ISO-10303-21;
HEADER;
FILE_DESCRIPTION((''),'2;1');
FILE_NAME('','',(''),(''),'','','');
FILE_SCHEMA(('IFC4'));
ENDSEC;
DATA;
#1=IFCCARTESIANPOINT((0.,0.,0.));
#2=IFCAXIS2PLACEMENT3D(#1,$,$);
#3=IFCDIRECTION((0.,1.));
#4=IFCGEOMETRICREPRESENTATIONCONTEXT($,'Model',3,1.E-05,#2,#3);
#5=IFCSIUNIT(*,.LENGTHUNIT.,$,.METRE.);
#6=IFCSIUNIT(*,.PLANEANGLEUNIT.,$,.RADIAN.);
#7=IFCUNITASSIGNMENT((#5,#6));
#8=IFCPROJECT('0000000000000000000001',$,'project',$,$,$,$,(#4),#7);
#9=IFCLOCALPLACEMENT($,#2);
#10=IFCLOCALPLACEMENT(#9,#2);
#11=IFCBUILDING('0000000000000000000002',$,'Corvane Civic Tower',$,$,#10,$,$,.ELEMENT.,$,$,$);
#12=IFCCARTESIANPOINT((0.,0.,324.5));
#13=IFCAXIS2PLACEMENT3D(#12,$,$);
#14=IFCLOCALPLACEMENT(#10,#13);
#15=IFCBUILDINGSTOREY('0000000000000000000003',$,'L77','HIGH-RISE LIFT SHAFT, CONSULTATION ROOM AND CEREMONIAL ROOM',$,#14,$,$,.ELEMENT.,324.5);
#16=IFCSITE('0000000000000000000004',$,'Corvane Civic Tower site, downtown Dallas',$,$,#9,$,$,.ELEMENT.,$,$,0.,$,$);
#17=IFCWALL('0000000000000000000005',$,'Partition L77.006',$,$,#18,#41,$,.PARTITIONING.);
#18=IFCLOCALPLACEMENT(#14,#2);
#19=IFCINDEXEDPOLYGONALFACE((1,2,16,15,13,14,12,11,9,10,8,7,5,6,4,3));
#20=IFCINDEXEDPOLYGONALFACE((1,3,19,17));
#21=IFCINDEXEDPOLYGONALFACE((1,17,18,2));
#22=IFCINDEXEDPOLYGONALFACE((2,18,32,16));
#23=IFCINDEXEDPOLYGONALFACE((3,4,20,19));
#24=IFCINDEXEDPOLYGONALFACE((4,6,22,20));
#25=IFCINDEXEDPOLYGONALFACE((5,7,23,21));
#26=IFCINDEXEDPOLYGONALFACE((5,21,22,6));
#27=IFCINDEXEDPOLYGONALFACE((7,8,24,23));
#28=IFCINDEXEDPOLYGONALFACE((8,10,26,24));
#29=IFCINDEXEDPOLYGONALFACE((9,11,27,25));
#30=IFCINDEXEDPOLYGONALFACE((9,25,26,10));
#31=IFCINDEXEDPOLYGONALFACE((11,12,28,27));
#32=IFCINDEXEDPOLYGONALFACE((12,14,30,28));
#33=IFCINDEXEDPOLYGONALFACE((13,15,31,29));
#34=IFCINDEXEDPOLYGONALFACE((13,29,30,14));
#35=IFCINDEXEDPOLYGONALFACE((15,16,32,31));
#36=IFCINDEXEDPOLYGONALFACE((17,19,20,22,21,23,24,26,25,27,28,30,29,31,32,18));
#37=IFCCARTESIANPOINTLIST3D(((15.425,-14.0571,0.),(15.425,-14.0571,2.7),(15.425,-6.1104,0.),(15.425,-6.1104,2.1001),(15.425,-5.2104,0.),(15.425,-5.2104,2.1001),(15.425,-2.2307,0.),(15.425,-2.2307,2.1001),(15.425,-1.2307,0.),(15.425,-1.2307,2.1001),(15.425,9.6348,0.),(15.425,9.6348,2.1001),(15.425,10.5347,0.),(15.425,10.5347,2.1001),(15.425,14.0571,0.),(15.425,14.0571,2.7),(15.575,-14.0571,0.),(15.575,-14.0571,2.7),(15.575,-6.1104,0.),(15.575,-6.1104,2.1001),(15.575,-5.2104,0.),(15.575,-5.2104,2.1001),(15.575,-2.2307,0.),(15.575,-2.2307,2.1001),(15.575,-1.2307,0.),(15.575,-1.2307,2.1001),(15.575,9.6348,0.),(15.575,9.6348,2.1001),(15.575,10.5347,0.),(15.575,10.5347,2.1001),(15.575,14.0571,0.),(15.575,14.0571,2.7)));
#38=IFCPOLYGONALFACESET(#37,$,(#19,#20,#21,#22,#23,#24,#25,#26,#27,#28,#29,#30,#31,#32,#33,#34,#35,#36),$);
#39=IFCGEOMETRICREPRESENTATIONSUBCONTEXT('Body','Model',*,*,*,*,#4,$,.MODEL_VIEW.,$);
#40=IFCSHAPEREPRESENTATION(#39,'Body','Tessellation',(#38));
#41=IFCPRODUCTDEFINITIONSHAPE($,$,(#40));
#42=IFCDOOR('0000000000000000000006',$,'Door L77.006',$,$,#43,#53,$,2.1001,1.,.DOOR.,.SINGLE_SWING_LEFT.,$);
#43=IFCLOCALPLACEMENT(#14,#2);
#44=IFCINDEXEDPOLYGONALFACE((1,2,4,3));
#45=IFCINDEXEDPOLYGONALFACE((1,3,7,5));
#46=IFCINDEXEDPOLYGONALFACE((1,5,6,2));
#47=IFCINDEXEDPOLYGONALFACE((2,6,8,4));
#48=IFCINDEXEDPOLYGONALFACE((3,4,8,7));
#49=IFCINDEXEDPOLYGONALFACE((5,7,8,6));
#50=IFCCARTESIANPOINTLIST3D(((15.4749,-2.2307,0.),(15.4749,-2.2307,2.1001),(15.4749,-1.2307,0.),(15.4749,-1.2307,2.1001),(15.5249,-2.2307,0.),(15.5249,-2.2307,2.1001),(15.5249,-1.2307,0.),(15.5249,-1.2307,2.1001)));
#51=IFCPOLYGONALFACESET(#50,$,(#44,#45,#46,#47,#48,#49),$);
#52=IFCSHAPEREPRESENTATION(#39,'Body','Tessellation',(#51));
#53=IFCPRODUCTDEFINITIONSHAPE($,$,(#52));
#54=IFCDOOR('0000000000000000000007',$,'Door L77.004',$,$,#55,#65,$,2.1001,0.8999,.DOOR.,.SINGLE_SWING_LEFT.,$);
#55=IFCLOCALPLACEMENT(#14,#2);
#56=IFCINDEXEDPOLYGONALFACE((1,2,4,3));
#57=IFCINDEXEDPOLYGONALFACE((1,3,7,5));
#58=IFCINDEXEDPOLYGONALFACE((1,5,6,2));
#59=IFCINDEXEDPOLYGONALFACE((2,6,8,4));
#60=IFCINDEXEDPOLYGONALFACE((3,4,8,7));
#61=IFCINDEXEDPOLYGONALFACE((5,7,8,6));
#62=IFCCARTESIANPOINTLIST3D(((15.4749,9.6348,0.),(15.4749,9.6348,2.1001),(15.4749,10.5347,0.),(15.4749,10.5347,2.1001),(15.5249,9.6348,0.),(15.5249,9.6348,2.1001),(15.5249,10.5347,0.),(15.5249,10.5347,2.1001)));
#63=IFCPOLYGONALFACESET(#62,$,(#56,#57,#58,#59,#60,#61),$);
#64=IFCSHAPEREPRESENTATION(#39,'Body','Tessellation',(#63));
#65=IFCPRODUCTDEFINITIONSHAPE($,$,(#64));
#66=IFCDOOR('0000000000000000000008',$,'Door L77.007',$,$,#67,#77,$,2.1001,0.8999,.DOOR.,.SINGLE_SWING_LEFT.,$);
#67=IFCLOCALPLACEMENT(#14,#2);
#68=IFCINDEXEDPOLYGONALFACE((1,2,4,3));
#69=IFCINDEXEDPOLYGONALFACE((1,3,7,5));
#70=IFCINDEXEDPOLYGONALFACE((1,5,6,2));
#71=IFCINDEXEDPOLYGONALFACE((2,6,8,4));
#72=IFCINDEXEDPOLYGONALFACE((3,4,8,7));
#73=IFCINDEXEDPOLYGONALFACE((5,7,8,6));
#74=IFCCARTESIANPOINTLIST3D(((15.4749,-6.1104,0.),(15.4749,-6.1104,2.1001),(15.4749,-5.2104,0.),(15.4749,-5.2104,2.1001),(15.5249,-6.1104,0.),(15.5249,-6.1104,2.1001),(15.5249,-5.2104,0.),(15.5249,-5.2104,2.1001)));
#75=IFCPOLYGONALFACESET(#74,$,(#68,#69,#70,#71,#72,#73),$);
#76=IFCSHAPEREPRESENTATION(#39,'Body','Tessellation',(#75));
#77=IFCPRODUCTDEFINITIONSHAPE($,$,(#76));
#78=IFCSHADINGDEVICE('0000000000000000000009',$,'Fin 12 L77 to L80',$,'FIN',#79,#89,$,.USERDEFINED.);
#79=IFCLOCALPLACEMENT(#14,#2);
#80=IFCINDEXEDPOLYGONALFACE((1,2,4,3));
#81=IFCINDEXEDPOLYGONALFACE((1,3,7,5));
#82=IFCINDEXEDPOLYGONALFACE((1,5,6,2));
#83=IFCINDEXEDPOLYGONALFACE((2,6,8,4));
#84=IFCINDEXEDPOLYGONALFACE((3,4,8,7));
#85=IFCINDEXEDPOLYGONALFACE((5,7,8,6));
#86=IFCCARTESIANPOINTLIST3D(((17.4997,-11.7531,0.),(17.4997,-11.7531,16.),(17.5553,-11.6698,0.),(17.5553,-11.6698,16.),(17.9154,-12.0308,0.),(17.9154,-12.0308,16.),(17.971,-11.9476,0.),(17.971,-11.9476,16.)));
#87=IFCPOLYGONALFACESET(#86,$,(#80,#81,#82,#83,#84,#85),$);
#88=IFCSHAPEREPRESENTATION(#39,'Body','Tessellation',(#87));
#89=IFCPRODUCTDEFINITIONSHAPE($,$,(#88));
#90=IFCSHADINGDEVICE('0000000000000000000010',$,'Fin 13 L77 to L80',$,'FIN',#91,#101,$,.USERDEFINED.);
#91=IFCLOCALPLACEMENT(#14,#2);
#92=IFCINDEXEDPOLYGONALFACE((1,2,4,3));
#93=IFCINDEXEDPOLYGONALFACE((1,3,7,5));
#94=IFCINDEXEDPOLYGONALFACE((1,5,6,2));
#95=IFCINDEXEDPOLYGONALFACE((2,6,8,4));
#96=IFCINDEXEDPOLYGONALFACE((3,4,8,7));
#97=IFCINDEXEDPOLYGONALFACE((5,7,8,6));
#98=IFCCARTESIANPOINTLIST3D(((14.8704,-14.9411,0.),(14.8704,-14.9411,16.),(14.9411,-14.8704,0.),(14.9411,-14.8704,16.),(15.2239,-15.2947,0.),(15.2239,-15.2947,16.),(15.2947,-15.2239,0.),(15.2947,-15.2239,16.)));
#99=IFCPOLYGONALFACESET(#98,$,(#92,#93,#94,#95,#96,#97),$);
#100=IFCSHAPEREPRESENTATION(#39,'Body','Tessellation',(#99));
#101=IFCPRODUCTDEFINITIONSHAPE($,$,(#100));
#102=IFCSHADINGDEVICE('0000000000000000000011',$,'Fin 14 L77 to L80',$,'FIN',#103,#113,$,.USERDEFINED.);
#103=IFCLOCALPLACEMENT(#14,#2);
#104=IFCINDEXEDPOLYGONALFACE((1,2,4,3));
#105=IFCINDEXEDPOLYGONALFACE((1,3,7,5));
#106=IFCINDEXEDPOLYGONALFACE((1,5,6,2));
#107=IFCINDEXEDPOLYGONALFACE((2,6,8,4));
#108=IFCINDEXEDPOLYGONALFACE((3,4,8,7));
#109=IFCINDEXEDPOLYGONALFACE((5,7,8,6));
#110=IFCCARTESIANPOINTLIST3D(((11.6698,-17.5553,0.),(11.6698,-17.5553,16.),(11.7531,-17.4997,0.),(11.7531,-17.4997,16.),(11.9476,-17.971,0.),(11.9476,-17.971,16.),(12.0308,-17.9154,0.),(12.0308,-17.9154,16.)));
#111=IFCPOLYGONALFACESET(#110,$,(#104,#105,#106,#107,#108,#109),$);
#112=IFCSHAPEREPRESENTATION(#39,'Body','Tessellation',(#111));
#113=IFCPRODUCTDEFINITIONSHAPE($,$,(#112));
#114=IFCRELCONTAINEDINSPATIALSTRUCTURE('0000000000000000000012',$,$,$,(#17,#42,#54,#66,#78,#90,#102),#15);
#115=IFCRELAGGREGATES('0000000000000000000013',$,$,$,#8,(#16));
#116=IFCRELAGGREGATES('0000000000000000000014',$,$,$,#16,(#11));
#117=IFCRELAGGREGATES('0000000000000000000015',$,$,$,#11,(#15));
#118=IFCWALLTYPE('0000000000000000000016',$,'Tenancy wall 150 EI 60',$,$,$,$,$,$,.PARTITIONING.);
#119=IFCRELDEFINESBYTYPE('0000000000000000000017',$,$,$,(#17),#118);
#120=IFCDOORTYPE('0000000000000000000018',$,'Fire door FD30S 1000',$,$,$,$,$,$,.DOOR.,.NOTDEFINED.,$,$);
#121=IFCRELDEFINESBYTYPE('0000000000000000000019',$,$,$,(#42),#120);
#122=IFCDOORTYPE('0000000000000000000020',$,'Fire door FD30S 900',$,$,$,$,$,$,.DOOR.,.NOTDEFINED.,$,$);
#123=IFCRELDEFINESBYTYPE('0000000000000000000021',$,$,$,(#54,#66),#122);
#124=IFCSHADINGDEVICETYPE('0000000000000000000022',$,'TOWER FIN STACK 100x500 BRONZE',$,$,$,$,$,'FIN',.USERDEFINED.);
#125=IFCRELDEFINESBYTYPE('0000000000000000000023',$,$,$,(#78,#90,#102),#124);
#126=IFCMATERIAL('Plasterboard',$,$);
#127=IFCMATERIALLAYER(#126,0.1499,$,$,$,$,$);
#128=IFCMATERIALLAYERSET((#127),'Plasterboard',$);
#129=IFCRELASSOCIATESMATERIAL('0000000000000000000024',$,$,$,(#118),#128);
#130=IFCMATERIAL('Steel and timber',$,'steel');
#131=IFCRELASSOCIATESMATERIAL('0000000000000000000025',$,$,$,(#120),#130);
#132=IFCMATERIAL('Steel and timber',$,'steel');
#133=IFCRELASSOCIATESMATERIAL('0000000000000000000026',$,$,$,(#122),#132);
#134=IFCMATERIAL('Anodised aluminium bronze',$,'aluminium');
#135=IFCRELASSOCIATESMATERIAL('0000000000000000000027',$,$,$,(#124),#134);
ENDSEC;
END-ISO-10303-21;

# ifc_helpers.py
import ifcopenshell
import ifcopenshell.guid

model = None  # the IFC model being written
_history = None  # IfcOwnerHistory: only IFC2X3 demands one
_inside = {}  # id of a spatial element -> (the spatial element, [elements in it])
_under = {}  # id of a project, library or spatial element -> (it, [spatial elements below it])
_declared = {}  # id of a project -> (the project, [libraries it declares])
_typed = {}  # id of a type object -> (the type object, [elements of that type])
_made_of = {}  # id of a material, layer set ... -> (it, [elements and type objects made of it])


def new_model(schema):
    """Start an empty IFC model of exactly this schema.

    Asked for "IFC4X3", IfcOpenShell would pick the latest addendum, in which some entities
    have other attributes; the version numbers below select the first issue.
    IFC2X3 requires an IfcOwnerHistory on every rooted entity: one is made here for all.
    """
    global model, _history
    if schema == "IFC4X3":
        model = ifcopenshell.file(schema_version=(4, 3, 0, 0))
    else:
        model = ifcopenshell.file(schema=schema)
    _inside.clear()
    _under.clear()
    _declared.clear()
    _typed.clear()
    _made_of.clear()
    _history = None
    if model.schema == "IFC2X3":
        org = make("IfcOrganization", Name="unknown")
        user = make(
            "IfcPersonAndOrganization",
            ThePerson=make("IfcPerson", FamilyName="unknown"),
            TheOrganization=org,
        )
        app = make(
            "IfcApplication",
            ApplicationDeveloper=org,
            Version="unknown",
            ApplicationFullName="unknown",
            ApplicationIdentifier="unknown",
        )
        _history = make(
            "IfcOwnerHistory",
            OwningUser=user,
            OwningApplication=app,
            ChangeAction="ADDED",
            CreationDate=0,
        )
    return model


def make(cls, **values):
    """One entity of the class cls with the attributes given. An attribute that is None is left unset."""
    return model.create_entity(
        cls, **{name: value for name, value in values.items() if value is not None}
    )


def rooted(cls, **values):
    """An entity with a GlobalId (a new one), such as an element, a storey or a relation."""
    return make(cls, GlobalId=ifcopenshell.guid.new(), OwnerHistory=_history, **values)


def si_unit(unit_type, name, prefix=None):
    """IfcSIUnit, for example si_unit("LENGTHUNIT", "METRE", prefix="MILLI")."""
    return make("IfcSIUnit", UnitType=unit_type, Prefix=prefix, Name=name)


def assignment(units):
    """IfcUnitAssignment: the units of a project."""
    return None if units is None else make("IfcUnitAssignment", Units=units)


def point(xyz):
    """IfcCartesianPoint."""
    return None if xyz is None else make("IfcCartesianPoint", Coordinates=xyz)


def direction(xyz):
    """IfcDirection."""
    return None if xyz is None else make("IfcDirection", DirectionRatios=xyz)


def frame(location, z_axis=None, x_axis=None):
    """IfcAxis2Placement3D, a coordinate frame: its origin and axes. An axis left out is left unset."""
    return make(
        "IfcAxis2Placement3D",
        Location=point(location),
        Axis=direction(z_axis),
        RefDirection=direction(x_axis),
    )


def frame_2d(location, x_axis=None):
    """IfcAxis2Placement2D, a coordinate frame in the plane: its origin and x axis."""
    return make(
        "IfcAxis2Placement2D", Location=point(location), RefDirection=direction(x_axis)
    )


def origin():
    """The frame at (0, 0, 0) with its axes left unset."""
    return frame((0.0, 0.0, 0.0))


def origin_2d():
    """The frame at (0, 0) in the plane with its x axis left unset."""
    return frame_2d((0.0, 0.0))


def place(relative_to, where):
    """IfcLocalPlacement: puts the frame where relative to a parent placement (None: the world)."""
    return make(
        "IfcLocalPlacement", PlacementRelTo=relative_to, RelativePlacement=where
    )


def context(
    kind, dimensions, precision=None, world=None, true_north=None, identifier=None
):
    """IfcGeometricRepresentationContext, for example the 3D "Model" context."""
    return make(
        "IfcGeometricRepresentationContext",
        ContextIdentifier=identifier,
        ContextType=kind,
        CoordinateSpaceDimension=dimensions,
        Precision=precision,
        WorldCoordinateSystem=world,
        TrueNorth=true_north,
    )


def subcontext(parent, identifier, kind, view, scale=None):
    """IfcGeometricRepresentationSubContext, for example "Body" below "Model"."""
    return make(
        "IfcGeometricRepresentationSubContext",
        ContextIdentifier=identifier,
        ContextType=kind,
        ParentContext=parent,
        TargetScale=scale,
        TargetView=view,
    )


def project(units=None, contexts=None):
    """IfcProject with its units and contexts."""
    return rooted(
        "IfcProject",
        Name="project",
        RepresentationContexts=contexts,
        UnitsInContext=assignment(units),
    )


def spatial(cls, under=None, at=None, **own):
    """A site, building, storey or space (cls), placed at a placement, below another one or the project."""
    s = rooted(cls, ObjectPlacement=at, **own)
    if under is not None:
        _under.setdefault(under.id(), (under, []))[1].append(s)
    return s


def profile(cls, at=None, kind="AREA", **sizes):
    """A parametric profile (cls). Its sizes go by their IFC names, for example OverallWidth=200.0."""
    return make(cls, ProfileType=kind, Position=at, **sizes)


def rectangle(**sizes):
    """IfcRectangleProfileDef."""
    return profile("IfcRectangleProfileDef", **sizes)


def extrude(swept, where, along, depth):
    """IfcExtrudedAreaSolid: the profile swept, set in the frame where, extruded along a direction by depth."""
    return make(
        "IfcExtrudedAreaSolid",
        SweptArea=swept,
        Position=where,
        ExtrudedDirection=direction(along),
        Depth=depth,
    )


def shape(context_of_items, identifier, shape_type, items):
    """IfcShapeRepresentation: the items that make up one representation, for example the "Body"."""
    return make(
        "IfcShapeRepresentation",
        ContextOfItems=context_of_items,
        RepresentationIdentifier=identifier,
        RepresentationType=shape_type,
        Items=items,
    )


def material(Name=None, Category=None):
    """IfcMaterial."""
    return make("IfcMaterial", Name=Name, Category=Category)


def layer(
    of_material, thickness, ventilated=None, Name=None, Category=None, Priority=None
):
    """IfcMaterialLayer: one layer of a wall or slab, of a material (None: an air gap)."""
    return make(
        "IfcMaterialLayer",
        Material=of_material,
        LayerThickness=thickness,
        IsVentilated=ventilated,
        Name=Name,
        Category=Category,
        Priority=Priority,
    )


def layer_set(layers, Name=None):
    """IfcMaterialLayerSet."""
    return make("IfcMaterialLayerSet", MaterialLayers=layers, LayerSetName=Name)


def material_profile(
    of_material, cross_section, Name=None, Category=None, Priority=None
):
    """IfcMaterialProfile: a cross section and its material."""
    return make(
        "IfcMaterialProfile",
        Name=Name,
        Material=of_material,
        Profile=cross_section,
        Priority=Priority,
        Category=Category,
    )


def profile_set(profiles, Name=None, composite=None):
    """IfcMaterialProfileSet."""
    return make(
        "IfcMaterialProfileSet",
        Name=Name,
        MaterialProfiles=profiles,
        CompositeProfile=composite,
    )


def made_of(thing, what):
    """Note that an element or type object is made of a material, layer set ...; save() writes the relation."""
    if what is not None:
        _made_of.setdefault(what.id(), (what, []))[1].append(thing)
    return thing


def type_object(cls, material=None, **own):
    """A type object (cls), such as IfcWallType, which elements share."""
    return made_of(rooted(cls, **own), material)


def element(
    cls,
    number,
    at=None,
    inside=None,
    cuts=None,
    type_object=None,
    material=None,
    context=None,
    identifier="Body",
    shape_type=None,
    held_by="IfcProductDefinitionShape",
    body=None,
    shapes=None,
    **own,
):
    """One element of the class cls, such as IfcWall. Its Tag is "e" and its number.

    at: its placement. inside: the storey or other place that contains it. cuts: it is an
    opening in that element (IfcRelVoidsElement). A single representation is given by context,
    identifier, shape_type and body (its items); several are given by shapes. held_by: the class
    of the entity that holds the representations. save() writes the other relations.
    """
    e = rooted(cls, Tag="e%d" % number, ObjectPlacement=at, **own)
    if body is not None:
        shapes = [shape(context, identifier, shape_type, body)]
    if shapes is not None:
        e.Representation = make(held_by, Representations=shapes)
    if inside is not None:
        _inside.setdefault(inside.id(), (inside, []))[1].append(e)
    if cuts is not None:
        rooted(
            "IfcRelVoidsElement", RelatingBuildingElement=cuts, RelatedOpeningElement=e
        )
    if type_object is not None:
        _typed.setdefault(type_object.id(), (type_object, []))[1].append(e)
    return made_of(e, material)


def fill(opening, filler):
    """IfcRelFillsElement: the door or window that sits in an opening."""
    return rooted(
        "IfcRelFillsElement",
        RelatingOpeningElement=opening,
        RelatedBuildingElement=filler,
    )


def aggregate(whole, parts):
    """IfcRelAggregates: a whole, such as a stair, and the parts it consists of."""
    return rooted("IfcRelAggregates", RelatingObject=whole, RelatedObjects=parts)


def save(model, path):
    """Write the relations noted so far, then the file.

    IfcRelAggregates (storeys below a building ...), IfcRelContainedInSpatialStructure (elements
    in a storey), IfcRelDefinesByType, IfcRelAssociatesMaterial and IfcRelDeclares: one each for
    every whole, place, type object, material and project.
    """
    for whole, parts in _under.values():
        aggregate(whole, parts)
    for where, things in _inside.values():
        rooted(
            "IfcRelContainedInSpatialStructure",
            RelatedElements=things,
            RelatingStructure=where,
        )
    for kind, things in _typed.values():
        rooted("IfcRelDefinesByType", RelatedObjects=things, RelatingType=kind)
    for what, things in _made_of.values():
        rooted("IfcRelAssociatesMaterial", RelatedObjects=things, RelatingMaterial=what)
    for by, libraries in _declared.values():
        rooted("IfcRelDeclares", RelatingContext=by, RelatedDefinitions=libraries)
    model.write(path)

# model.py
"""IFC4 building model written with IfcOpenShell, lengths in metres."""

from ifc_helpers import new_model, si_unit, direction, frame, frame_2d, origin, origin_2d, place, context, subcontext, project, spatial, rectangle, extrude, material, layer, layer_set, material_profile, profile_set, type_object, element, fill, save


model = new_model("IFC4")

# Units and contexts
model_context = context("Model", 3, precision=1e-05, world=origin(), true_north=direction((0.0, 1.0)))
body_context = subcontext(model_context, "Body", "Model", "MODEL_VIEW")
ifc_project = project(units=[si_unit("LENGTHUNIT", "METRE"), si_unit("PLANEANGLEUNIT", "RADIAN")], contexts=[model_context])

# Site, building, storey
site_placement = place(None, origin())
site = spatial("IfcSite", under=ifc_project, at=site_placement, Name="Corvane Civic Tower site, downtown Dallas", CompositionType="ELEMENT", RefElevation=0.0)
building_placement = place(site_placement, origin())
building = spatial("IfcBuilding", under=site, at=building_placement, Name="Corvane Civic Tower", CompositionType="ELEMENT")
storey_placement = place(building_placement, frame((0.0, 0.0, 324.5)))
storey = spatial("IfcBuildingStorey", under=building, at=storey_placement, Name="L77", Description="HIGH-RISE LIFT SHAFT, CONSULTATION ROOM AND CEREMONIAL ROOM", CompositionType="ELEMENT", Elevation=324.5)

# Wall, openings, doors
ifc_material_1 = material(Name="Plasterboard")
ifc_layer_1 = layer(ifc_material_1, 0.1499)
ifc_layer_set_1 = layer_set([ifc_layer_1], Name="Plasterboard")
wall_type_1 = type_object("IfcWallType", Name="Tenancy wall 150 EI 60", PredefinedType="PARTITIONING", material=ifc_layer_set_1)
wall_1_placement = place(storey_placement, frame((15.5, -14.0571, 0.0), z_axis=(0.0, 0.0, 1.0), x_axis=(0.0, 1.0, 0.0)))
wall_1 = element("IfcWall", 1, at=wall_1_placement, inside=storey, type_object=wall_type_1, Name="Partition L77.006", PredefinedType="PARTITIONING", context=body_context, shape_type="SweptSolid", body=[
    extrude(rectangle(XDim=28.1143, YDim=0.1499, at=frame_2d((14.0571, 0.0))), origin(), (0.0, 0.0, 1.0), 2.7),
])
opening_1_placement = place(wall_1_placement, frame((23.6919, 0.0, 0.0)))
opening_1 = element("IfcOpeningElement", 2, at=opening_1_placement, cuts=wall_1, PredefinedType="OPENING", context=body_context, shape_type="SweptSolid", body=[
    extrude(rectangle(XDim=0.8999, YDim=2.1001, at=frame_2d((0.45, 1.05))), frame((0.0, 0.085, 0.0), z_axis=(0.0, -1.0, 0.0), x_axis=(1.0, 0.0, 0.0)), (0.0, 0.0, 1.0), 0.1699),
])
opening_2_placement = place(wall_1_placement, frame((11.8264, 0.0, 0.0)))
opening_2 = element("IfcOpeningElement", 3, at=opening_2_placement, cuts=wall_1, PredefinedType="OPENING", context=body_context, shape_type="SweptSolid", body=[
    extrude(rectangle(XDim=1.0, YDim=2.1001, at=frame_2d((0.5, 1.05))), frame((0.0, 0.085, 0.0), z_axis=(0.0, -1.0, 0.0), x_axis=(1.0, 0.0, 0.0)), (0.0, 0.0, 1.0), 0.1699),
])
opening_3_placement = place(wall_1_placement, frame((7.9468, 0.0, 0.0)))
opening_3 = element("IfcOpeningElement", 4, at=opening_3_placement, cuts=wall_1, PredefinedType="OPENING", context=body_context, shape_type="SweptSolid", body=[
    extrude(rectangle(XDim=0.8999, YDim=2.1001, at=frame_2d((0.45, 1.05))), frame((0.0, 0.085, 0.0), z_axis=(0.0, -1.0, 0.0), x_axis=(1.0, 0.0, 0.0)), (0.0, 0.0, 1.0), 0.1699),
])
ifc_material_2 = material(Name="Steel and timber", Category="steel")
door_type_1 = type_object("IfcDoorType", Name="Fire door FD30S 1000", OperationType="NOTDEFINED", PredefinedType="DOOR", material=ifc_material_2)
door_1_placement = place(opening_2_placement, frame((1.0, 0.0, 0.0), z_axis=(0.0, 0.0, 1.0), x_axis=(-1.0, 0.0, 0.0)))
door_1 = element("IfcDoor", 5, at=door_1_placement, inside=storey, type_object=door_type_1, Name="Door L77.006", OperationType="SINGLE_SWING_LEFT", OverallHeight=2.1001, OverallWidth=1.0, PredefinedType="DOOR", context=body_context, shape_type="SweptSolid", body=[
    extrude(rectangle(XDim=1.0, YDim=2.1001, at=frame_2d((0.5, 1.05))), frame((0.0, 0.0249, 0.0), z_axis=(0.0, -1.0, 0.0), x_axis=(1.0, 0.0, 0.0)), (0.0, 0.0, 1.0), 0.05),
])
fill(opening_2, door_1)
ifc_material_3 = material(Name="Steel and timber", Category="steel")
door_type_2 = type_object("IfcDoorType", Name="Fire door FD30S 900", OperationType="NOTDEFINED", PredefinedType="DOOR", material=ifc_material_3)
door_2_placement = place(opening_1_placement, frame((0.8999, 0.0, 0.0), z_axis=(0.0, 0.0, 1.0), x_axis=(-1.0, 0.0, 0.0)))
door_2 = element("IfcDoor", 6, at=door_2_placement, inside=storey, type_object=door_type_2, Name="Door L77.004", OperationType="SINGLE_SWING_LEFT", OverallHeight=2.1001, OverallWidth=0.8999, PredefinedType="DOOR", context=body_context, shape_type="SweptSolid", body=[
    extrude(rectangle(XDim=0.8999, YDim=2.1001, at=frame_2d((0.45, 1.05))), frame((0.0, 0.0249, 0.0), z_axis=(0.0, -1.0, 0.0), x_axis=(1.0, 0.0, 0.0)), (0.0, 0.0, 1.0), 0.05),
])
fill(opening_1, door_2)
door_3_placement = place(opening_3_placement, frame((0.8999, 0.0, 0.0), z_axis=(0.0, 0.0, 1.0), x_axis=(-1.0, 0.0, 0.0)))
door_3 = element("IfcDoor", 7, at=door_3_placement, inside=storey, type_object=door_type_2, Name="Door L77.007", OperationType="SINGLE_SWING_LEFT", OverallHeight=2.1001, OverallWidth=0.8999, PredefinedType="DOOR", context=body_context, shape_type="SweptSolid", body=[
    extrude(rectangle(XDim=0.8999, YDim=2.1001, at=frame_2d((0.45, 1.05))), frame((0.0, 0.0249, 0.0), z_axis=(0.0, -1.0, 0.0), x_axis=(1.0, 0.0, 0.0)), (0.0, 0.0, 1.0), 0.05),
])
fill(opening_3, door_3)

# Shading devices
ifc_material_4 = material(Name="Anodised aluminium bronze", Category="aluminium")
ifc_material_profile_1 = material_profile(ifc_material_4, rectangle(XDim=0.1001, YDim=0.5, at=origin_2d()), Name="TOWER FIN STACK 100x500 BRONZE")
ifc_profile_set_1 = profile_set([ifc_material_profile_1], Name="Anodised aluminium bronze")
shading_device_type = type_object("IfcShadingDeviceType", Name="TOWER FIN STACK 100x500 BRONZE", ElementType="FIN", PredefinedType="USERDEFINED", material=ifc_profile_set_1)
for number, where, z_axis, x_axis, name in (
    (8, (17.7354, -11.8503, 0.0), (0.0, 0.0, 1.0), (-0.55557, -0.83147, 0.0), "Fin 12 L77 to L80"),
    (9, (15.0825, -15.0825, 0.0), (0.0, 0.0, 1.0), (-0.707107, -0.707107, 0.0), "Fin 13 L77 to L80"),
    (10, (11.8503, -17.7354, 0.0), (0.0, 0.0, 1.0), (-0.83147, -0.55557, 0.0), "Fin 14 L77 to L80"),
):
    element("IfcShadingDevice", number, at=place(storey_placement, frame(where, z_axis=z_axis, x_axis=x_axis)), inside=storey, type_object=shading_device_type, Name=name, ObjectType="FIN", PredefinedType="USERDEFINED", context=body_context, shape_type="SweptSolid", body=[
        extrude(rectangle(XDim=0.1001, YDim=0.5, at=origin_2d()), origin(), (0.0, 0.0, 1.0), 16.0),
    ])

save(model, "model.ifc")
